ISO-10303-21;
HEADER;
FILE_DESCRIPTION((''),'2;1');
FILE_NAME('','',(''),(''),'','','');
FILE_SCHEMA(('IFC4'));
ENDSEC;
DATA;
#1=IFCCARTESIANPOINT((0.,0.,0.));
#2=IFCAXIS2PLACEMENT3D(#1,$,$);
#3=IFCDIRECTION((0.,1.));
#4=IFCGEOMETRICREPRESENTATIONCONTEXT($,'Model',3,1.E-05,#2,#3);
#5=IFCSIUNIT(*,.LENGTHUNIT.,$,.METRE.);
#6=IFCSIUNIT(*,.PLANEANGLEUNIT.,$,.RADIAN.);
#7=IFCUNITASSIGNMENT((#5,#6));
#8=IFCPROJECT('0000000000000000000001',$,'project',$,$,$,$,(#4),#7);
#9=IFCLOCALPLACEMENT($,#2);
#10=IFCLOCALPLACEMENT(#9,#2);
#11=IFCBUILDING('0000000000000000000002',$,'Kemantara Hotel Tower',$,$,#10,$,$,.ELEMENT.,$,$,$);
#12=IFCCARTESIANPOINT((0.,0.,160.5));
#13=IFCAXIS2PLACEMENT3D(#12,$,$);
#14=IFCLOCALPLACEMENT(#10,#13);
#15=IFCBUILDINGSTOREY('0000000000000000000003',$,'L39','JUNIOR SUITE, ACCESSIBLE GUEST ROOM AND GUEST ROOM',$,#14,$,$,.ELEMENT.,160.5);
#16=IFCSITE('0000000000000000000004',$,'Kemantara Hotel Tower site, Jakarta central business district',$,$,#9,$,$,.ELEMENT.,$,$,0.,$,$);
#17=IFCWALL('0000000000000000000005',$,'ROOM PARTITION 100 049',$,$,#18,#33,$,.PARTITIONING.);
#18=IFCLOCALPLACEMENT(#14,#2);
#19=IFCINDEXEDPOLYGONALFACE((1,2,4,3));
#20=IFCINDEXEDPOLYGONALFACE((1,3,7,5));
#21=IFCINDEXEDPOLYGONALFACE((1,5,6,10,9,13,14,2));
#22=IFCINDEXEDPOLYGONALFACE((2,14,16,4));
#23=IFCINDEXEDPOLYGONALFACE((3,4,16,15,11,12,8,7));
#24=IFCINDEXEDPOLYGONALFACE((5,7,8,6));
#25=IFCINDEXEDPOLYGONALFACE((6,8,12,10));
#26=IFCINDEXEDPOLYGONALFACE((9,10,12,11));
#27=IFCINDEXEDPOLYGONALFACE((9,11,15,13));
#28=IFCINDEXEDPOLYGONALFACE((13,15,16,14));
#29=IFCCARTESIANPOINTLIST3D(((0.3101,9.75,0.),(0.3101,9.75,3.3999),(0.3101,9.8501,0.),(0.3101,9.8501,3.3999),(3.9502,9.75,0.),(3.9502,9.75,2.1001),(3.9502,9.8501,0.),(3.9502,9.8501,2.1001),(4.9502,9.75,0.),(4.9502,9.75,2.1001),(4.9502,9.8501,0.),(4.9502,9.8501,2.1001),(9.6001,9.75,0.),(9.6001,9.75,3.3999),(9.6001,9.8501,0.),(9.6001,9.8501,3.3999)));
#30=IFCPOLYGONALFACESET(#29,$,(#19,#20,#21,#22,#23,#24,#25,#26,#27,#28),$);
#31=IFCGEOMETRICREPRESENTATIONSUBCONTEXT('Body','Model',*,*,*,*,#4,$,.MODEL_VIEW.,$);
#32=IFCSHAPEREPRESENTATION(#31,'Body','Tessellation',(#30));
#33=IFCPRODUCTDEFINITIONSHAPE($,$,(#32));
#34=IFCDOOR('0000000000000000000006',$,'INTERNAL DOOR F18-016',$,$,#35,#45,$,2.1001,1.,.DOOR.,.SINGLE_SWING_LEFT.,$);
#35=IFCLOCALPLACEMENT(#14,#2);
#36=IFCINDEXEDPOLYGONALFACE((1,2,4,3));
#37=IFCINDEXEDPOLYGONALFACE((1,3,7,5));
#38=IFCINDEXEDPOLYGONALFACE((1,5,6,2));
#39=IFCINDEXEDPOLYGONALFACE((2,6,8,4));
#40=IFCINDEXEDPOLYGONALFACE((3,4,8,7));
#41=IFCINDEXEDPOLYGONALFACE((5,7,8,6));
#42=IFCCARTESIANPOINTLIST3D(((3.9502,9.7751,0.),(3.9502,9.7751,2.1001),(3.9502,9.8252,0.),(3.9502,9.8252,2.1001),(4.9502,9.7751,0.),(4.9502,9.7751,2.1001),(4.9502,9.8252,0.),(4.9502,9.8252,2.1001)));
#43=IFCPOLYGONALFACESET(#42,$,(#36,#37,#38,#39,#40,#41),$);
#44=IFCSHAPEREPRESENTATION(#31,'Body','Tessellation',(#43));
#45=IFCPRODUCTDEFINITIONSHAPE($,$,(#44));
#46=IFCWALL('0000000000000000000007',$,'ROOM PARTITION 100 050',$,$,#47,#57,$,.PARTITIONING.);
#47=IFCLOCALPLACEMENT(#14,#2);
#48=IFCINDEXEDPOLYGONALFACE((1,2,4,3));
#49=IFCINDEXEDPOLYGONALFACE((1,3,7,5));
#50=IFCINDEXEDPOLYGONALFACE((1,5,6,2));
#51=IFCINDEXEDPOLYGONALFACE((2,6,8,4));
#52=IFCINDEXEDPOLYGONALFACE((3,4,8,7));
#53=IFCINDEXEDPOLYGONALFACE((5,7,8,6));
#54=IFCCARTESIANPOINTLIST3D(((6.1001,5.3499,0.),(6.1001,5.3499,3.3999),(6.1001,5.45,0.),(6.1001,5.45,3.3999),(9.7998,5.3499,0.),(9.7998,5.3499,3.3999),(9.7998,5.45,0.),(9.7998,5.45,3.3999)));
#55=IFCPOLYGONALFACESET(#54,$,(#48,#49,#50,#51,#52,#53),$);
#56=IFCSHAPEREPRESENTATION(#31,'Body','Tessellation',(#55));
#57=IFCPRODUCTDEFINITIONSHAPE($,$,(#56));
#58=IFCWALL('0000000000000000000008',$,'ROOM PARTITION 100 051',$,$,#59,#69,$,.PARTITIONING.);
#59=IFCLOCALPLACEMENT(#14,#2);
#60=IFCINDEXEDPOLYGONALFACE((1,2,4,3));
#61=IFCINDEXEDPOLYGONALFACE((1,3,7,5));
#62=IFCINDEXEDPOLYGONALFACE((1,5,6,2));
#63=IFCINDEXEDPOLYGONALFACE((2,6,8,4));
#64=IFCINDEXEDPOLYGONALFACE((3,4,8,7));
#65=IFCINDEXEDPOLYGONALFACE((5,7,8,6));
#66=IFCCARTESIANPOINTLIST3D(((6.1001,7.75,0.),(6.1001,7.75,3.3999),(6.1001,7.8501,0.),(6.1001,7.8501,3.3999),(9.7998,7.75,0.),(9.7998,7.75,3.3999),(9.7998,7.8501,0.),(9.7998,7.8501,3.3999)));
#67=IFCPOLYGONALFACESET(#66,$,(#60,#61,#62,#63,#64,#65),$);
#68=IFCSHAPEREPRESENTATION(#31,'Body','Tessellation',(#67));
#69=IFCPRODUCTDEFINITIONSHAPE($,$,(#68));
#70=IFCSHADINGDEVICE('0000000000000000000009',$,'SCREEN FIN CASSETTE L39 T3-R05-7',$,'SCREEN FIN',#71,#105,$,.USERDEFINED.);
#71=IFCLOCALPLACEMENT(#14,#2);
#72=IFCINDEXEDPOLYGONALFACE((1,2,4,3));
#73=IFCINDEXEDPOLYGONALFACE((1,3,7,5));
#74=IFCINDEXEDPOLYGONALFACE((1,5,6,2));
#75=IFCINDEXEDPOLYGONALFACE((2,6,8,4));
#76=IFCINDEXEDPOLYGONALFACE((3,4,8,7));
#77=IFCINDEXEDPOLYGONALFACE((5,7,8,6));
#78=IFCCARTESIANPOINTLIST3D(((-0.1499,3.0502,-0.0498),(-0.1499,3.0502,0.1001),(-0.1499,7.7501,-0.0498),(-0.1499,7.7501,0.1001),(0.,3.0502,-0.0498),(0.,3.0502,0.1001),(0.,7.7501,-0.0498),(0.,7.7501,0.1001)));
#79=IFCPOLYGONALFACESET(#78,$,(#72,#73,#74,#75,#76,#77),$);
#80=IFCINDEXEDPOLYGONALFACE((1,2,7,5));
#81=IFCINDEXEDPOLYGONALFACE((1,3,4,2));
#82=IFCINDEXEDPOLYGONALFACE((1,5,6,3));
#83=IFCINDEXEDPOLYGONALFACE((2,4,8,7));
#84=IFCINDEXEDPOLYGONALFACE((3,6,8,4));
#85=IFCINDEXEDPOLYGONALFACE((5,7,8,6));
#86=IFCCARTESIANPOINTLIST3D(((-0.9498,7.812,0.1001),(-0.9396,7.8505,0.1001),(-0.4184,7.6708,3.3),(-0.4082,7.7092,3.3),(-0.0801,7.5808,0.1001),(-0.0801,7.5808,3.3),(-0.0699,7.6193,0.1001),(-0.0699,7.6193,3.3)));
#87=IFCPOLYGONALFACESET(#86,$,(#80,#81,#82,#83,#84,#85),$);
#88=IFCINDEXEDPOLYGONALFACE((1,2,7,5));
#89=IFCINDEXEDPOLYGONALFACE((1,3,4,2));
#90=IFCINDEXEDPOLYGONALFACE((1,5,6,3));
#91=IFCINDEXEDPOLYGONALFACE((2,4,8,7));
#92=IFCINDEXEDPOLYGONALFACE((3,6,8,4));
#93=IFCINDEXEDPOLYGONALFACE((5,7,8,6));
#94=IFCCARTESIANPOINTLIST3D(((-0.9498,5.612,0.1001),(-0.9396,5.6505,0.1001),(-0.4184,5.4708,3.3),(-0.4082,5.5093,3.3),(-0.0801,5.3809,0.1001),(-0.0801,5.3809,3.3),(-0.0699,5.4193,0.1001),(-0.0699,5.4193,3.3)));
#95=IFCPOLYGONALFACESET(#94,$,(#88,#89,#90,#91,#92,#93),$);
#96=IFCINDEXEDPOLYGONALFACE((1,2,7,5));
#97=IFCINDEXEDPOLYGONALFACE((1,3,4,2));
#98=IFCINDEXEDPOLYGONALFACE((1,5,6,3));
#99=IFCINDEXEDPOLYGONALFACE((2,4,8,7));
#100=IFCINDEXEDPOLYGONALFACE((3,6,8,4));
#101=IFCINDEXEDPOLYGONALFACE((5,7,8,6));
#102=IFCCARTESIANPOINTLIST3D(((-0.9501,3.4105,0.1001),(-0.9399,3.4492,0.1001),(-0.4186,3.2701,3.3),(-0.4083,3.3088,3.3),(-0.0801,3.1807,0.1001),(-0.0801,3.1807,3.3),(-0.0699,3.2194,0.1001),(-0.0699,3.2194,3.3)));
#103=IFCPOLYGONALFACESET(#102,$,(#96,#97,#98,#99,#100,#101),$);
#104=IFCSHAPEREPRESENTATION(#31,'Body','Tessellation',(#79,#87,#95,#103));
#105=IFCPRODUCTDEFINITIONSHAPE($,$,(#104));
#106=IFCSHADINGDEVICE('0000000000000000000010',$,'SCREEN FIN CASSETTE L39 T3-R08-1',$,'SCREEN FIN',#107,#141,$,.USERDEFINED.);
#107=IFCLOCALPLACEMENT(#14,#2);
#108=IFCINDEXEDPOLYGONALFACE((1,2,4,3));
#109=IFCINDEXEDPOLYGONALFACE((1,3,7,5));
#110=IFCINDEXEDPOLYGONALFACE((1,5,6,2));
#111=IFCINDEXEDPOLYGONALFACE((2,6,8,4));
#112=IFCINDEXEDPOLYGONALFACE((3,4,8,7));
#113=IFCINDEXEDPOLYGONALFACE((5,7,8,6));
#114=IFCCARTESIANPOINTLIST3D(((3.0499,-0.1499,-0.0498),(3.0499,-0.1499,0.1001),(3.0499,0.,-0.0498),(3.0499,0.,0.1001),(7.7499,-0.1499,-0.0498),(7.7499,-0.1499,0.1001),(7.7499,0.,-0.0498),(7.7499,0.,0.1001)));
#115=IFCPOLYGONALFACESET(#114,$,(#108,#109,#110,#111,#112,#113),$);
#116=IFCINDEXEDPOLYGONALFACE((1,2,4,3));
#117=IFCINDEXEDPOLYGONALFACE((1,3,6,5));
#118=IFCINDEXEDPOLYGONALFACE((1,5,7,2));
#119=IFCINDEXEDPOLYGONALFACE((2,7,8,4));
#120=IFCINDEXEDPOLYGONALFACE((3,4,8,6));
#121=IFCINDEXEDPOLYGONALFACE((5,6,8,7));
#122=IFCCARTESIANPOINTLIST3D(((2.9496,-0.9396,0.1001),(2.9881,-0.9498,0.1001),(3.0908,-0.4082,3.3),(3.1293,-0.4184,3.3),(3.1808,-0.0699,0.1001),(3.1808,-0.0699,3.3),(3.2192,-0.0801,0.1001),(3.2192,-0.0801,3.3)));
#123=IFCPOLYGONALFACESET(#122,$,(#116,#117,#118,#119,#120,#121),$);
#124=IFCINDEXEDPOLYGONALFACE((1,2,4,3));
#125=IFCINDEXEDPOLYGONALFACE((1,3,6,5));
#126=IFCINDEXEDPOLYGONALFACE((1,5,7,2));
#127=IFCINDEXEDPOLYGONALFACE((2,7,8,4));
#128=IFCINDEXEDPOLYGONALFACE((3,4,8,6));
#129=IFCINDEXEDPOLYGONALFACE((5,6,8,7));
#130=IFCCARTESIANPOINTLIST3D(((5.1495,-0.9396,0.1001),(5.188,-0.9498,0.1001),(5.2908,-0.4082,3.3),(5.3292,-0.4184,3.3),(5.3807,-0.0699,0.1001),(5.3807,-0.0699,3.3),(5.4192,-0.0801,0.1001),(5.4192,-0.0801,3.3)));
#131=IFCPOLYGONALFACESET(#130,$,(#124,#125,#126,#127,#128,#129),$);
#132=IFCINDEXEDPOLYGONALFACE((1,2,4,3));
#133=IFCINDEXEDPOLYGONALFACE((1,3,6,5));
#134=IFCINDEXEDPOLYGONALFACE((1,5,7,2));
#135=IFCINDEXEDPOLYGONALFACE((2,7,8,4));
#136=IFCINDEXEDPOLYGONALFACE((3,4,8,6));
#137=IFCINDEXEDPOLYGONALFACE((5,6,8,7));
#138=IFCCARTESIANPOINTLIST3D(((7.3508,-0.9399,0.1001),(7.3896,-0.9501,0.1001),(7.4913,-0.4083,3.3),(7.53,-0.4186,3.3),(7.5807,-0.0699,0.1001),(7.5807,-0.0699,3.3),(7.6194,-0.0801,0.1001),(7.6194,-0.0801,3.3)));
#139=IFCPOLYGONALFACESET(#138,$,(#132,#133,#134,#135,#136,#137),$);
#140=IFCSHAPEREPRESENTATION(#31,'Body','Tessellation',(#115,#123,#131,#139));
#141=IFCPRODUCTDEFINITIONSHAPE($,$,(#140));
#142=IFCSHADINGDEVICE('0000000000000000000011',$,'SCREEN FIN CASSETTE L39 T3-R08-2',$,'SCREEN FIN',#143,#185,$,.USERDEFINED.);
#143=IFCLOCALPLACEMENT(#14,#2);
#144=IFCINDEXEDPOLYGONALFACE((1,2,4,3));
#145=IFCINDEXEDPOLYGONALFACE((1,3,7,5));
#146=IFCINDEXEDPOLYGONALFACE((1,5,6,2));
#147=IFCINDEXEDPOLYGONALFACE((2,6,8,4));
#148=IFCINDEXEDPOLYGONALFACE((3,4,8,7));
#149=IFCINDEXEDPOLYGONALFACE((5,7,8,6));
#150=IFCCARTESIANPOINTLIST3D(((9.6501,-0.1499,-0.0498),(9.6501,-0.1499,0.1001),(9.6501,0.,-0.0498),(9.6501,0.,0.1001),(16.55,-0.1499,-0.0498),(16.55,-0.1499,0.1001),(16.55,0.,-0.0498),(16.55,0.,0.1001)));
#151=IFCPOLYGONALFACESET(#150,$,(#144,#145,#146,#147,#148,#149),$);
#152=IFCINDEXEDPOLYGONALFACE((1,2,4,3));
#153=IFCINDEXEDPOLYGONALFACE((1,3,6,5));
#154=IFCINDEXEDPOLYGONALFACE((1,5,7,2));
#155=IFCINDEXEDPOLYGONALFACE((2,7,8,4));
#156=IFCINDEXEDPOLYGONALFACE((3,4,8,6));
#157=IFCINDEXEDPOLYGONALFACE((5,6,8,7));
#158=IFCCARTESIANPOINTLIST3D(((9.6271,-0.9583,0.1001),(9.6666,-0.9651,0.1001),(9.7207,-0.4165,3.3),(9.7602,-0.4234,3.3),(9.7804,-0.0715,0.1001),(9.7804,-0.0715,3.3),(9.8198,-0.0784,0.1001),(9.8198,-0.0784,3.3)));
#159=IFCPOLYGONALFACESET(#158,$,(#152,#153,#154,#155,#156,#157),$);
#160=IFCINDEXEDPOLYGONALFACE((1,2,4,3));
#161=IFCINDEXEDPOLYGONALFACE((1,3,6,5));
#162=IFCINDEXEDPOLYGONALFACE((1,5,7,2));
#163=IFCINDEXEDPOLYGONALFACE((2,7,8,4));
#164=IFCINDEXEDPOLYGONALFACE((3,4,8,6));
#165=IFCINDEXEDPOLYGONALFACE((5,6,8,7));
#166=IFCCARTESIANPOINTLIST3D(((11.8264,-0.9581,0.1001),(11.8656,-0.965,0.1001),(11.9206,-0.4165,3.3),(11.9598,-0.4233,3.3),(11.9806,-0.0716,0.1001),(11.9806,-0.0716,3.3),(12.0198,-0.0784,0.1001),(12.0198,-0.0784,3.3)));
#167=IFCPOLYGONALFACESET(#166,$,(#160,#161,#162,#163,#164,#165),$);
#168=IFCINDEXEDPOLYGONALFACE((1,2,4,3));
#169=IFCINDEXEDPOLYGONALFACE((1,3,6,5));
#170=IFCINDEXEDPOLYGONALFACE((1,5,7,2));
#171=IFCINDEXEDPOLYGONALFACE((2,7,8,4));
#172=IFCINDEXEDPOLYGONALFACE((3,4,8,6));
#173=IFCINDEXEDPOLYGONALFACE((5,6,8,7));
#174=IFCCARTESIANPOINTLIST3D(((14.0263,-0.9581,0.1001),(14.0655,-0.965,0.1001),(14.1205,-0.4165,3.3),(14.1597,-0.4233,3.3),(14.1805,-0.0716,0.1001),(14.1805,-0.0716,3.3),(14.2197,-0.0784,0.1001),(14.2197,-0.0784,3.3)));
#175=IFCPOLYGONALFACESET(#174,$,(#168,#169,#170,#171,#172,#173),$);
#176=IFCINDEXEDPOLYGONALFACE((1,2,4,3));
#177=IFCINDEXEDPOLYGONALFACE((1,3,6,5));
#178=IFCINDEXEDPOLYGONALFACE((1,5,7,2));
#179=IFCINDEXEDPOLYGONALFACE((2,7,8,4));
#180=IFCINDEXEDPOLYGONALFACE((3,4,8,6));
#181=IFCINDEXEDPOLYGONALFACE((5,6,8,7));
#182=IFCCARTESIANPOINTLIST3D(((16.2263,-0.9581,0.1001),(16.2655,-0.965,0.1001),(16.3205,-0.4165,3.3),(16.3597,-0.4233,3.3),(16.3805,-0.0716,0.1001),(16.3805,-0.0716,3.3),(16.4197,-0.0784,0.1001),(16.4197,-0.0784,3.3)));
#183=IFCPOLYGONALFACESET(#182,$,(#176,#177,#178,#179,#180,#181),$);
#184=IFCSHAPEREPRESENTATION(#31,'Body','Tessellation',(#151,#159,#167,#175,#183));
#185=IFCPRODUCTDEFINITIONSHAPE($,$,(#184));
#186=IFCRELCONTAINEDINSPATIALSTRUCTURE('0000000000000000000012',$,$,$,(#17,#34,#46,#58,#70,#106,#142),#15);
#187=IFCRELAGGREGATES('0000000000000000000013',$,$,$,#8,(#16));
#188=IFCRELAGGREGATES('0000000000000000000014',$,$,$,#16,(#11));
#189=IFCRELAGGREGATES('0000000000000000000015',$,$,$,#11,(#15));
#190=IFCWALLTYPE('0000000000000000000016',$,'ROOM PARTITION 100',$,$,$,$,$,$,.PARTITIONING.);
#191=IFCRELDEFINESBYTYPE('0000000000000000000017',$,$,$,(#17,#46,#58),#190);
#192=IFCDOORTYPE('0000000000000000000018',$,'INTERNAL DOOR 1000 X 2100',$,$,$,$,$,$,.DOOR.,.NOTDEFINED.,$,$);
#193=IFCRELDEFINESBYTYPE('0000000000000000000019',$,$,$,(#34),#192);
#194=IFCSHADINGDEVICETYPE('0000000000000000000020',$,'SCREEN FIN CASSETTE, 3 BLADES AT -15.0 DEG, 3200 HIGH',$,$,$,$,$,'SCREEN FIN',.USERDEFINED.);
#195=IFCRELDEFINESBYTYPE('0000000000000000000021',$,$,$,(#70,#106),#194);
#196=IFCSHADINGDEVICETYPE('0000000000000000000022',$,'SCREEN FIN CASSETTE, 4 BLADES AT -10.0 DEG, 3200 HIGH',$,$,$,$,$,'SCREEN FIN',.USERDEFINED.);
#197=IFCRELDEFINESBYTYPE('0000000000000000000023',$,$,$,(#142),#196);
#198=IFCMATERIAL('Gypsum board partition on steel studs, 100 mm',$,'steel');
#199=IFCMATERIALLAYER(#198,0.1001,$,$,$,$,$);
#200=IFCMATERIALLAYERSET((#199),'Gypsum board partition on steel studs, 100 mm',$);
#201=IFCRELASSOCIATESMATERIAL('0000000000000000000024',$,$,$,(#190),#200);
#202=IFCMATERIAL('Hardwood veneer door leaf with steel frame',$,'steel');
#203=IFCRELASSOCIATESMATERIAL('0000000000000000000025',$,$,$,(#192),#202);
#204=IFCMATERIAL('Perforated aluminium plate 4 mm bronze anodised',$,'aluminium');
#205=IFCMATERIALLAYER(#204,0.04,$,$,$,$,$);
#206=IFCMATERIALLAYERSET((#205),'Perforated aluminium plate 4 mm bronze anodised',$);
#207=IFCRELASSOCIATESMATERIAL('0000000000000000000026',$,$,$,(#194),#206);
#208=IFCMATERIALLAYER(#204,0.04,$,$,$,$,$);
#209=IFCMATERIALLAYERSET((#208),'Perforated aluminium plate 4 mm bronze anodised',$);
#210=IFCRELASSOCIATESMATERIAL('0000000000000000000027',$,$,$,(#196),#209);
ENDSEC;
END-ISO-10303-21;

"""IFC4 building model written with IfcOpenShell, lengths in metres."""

from ifc_helpers import new_model, si_unit, direction, frame, frame_2d, origin, origin_2d, place, context, subcontext, project, spatial, polyline, rectangle, outline, extrude, source, transform, mapped, material, layer, layer_set, type_object, element, fill, save


model = new_model("IFC4")

# Units and contexts
model_context = context("Model", 3, precision=1e-05, world=origin(), true_north=direction((0.0, 1.0)))
body_context = subcontext(model_context, "Body", "Model", "MODEL_VIEW")
ifc_project = project(units=[si_unit("LENGTHUNIT", "METRE"), si_unit("PLANEANGLEUNIT", "RADIAN")], contexts=[model_context])

# Site, building, storey
site_placement = place(None, origin())
site = spatial("IfcSite", under=ifc_project, at=site_placement, Name="Kemantara Hotel Tower site, Jakarta central business district", CompositionType="ELEMENT", RefElevation=0.0)
building_placement = place(site_placement, origin())
building = spatial("IfcBuilding", under=site, at=building_placement, Name="Kemantara Hotel Tower", CompositionType="ELEMENT")
storey_placement = place(building_placement, frame((0.0, 0.0, 160.5)))
storey = spatial("IfcBuildingStorey", under=building, at=storey_placement, Name="L39", Description="JUNIOR SUITE, ACCESSIBLE GUEST ROOM AND GUEST ROOM", CompositionType="ELEMENT", Elevation=160.5)

# Shared definitions
ifc_material_1 = material(Name="Hardwood veneer door leaf with steel frame", Category="steel")
ifc_material_2 = material(Name="Gypsum board partition on steel studs, 100 mm", Category="steel")
ifc_layer_1 = layer(ifc_material_2, 0.1001)
ifc_layer_set_1 = layer_set([ifc_layer_1], Name="Gypsum board partition on steel studs, 100 mm")
wall_type_1 = type_object("IfcWallType", Name="ROOM PARTITION 100", PredefinedType="PARTITIONING", material=ifc_layer_set_1)

# Wall, opening, door
wall_1_placement = place(storey_placement, frame((9.6001, 9.8, 0.0), z_axis=(0.0, 0.0, 1.0), x_axis=(-1.0, 0.0, 0.0)))
wall_1 = element("IfcWall", 1, at=wall_1_placement, inside=storey, type_object=wall_type_1, Name="ROOM PARTITION 100 049", PredefinedType="PARTITIONING", context=body_context, shape_type="SweptSolid", body=[
    extrude(rectangle(XDim=9.29, YDim=0.1001, at=frame_2d((4.645, 0.0))), origin(), (0.0, 0.0, 1.0), 3.3999),
])
opening_1_placement = place(wall_1_placement, frame((4.6499, 0.0, 0.0)))
opening_1 = element("IfcOpeningElement", 2, at=opening_1_placement, cuts=wall_1, PredefinedType="OPENING", context=body_context, shape_type="SweptSolid", body=[
    extrude(rectangle(XDim=1.0, YDim=2.1001, at=frame_2d((0.5, 1.05))), frame((0.0, 0.0601, 0.0), z_axis=(0.0, -1.0, 0.0), x_axis=(1.0, 0.0, 0.0)), (0.0, 0.0, 1.0), 0.1201),
])
door_type_1 = type_object("IfcDoorType", Name="INTERNAL DOOR 1000 X 2100", OperationType="NOTDEFINED", PredefinedType="DOOR", material=ifc_material_1)
door_1_placement = place(opening_1_placement, origin())
door_1 = element("IfcDoor", 3, at=door_1_placement, inside=storey, type_object=door_type_1, Name="INTERNAL DOOR F18-016", OperationType="SINGLE_SWING_LEFT", OverallHeight=2.1001, OverallWidth=1.0, PredefinedType="DOOR", context=body_context, shape_type="SweptSolid", body=[
    extrude(rectangle(XDim=1.0, YDim=2.1001, at=frame_2d((0.5, 1.05))), frame((0.0, 0.0249, 0.0), z_axis=(0.0, -1.0, 0.0), x_axis=(1.0, 0.0, 0.0)), (0.0, 0.0, 1.0), 0.05),
])
fill(opening_1, door_1)

# Walls
for number, where, z_axis, x_axis, name in (
    (4, (6.1001, 5.3999, 0.0), (0.0, 0.0, 1.0), (1.0, 0.0, 0.0), "ROOM PARTITION 100 050"),
    (5, (6.1001, 7.8, 0.0), (0.0, 0.0, 1.0), (1.0, 0.0, 0.0), "ROOM PARTITION 100 051"),
):
    element("IfcWall", number, at=place(storey_placement, frame(where, z_axis=z_axis, x_axis=x_axis)), inside=storey, type_object=wall_type_1, Name=name, PredefinedType="PARTITIONING", context=body_context, shape_type="SweptSolid", body=[
        extrude(rectangle(XDim=3.6997, YDim=0.1001, at=frame_2d((1.8499, 0.0))), origin(), (0.0, 0.0, 1.0), 3.3999),
    ])

# Shading devices
ifc_material_3 = material(Name="Perforated aluminium plate 4 mm bronze anodised", Category="aluminium")
ifc_layer_2 = layer(ifc_material_3, 0.04)
ifc_layer_set_2 = layer_set([ifc_layer_2], Name="Perforated aluminium plate 4 mm bronze anodised")
shading_device_type_1 = type_object("IfcShadingDeviceType", Name="SCREEN FIN CASSETTE, 3 BLADES AT -15.0 DEG, 3200 HIGH", ElementType="SCREEN FIN", PredefinedType="USERDEFINED", material=ifc_layer_set_2)
shared_shape_1 = source(origin(), body_context, "Body", "SweptSolid", [
    extrude(rectangle(XDim=4.7, YDim=0.1499, at=origin_2d()), frame((2.2, -0.075, -0.1499), z_axis=(0.0, 0.0, 1.0), x_axis=(1.0, 0.0, 0.0)), (0.0, 0.0, 1.0), 0.1499),
    extrude(outline(polyline([(0.0, 0.0), (0.8999, 0.0), (0.3501, 3.2), (0.0, 3.2), (0.0, 0.0)])), frame((0.0193, -0.0801, 0.0), z_axis=(-0.966438, 0.256901, 0.0), x_axis=(-0.256901, -0.966438, 0.0)), (0.0, 0.0, 1.0), 0.0398),
    extrude(outline(polyline([(0.0, 0.0), (0.8999, 0.0), (0.3501, 3.2), (0.0, 3.2), (0.0, 0.0)])), frame((2.2192, -0.0801, 0.0), z_axis=(-0.966438, 0.256901, 0.0), x_axis=(-0.256901, -0.966438, 0.0)), (0.0, 0.0, 1.0), 0.0398),
    extrude(outline(polyline([(0.0, 0.0), (0.8999, 0.0), (0.3501, 3.2), (0.0, 3.2), (0.0, 0.0)])), frame((4.4194, -0.0801, 0.0), z_axis=(-0.966838, 0.255391, 0.0), x_axis=(-0.255391, -0.966838, 0.0)), (0.0, 0.0, 1.0), 0.04),
])
for number, where, z_axis, x_axis, name in (
    (6, (0.0, 7.6001, 0.1001), (0.0, 0.0, 1.0), (0.0, -1.0, 0.0), "SCREEN FIN CASSETTE L39 T3-R05-7"),
    (7, (3.2, 0.0, 0.1001), (0.0, 0.0, 1.0), (1.0, 0.0, 0.0), "SCREEN FIN CASSETTE L39 T3-R08-1"),
):
    element("IfcShadingDevice", number, at=place(storey_placement, frame(where, z_axis=z_axis, x_axis=x_axis)), inside=storey, type_object=shading_device_type_1, Name=name, ObjectType="SCREEN FIN", PredefinedType="USERDEFINED", context=body_context, shape_type="MappedRepresentation", body=[
        mapped(shared_shape_1, transform((0.0, 0.0, 0.0))),
    ])
ifc_layer_3 = layer(ifc_material_3, 0.04)
ifc_layer_set_3 = layer_set([ifc_layer_3], Name="Perforated aluminium plate 4 mm bronze anodised")
shading_device_type_2 = type_object("IfcShadingDeviceType", Name="SCREEN FIN CASSETTE, 4 BLADES AT -10.0 DEG, 3200 HIGH", ElementType="SCREEN FIN", PredefinedType="USERDEFINED", material=ifc_layer_set_3)
shared_shape_2 = source(origin(), body_context, "Body", "SweptSolid", [
    extrude(rectangle(XDim=6.8999, YDim=0.1499, at=origin_2d()), frame((3.3, -0.075, -0.1499), z_axis=(0.0, 0.0, 1.0), x_axis=(1.0, 0.0, 0.0)), (0.0, 0.0, 1.0), 0.1499),
    extrude(outline(polyline([(0.0, 0.0), (0.8999, 0.0), (0.3501, 3.2), (0.0, 3.2), (0.0, 0.0)])), frame((0.0198, -0.0784, 0.0), z_axis=(-0.98539, 0.170314, 0.0), x_axis=(-0.170314, -0.98539, 0.0)), (0.0, 0.0, 1.0), 0.04),
    extrude(outline(polyline([(0.0, 0.0), (0.8999, 0.0), (0.3501, 3.2), (0.0, 3.2), (0.0, 0.0)])), frame((2.2197, -0.0784, 0.0), z_axis=(-0.985212, 0.171341, 0.0), x_axis=(-0.171341, -0.985212, 0.0)), (0.0, 0.0, 1.0), 0.0398),
    extrude(outline(polyline([(0.0, 0.0), (0.8999, 0.0), (0.3501, 3.2), (0.0, 3.2), (0.0, 0.0)])), frame((4.4197, -0.0784, 0.0), z_axis=(-0.985212, 0.171341, 0.0), x_axis=(-0.171341, -0.985212, 0.0)), (0.0, 0.0, 1.0), 0.0398),
    extrude(outline(polyline([(0.0, 0.0), (0.8999, 0.0), (0.3501, 3.2), (0.0, 3.2), (0.0, 0.0)])), frame((6.6196, -0.0784, 0.0), z_axis=(-0.985212, 0.171341, 0.0), x_axis=(-0.171341, -0.985212, 0.0)), (0.0, 0.0, 1.0), 0.0398),
])
shading_device_placement = place(storey_placement, frame((9.8, 0.0, 0.1001), z_axis=(0.0, 0.0, 1.0), x_axis=(1.0, 0.0, 0.0)))
element("IfcShadingDevice", 8, at=shading_device_placement, inside=storey, type_object=shading_device_type_2, Name="SCREEN FIN CASSETTE L39 T3-R08-2", ObjectType="SCREEN FIN", PredefinedType="USERDEFINED", context=body_context, shape_type="MappedRepresentation", body=[
    mapped(shared_shape_2, transform((0.0, 0.0, 0.0))),
])

save(model, "model.ifc")
